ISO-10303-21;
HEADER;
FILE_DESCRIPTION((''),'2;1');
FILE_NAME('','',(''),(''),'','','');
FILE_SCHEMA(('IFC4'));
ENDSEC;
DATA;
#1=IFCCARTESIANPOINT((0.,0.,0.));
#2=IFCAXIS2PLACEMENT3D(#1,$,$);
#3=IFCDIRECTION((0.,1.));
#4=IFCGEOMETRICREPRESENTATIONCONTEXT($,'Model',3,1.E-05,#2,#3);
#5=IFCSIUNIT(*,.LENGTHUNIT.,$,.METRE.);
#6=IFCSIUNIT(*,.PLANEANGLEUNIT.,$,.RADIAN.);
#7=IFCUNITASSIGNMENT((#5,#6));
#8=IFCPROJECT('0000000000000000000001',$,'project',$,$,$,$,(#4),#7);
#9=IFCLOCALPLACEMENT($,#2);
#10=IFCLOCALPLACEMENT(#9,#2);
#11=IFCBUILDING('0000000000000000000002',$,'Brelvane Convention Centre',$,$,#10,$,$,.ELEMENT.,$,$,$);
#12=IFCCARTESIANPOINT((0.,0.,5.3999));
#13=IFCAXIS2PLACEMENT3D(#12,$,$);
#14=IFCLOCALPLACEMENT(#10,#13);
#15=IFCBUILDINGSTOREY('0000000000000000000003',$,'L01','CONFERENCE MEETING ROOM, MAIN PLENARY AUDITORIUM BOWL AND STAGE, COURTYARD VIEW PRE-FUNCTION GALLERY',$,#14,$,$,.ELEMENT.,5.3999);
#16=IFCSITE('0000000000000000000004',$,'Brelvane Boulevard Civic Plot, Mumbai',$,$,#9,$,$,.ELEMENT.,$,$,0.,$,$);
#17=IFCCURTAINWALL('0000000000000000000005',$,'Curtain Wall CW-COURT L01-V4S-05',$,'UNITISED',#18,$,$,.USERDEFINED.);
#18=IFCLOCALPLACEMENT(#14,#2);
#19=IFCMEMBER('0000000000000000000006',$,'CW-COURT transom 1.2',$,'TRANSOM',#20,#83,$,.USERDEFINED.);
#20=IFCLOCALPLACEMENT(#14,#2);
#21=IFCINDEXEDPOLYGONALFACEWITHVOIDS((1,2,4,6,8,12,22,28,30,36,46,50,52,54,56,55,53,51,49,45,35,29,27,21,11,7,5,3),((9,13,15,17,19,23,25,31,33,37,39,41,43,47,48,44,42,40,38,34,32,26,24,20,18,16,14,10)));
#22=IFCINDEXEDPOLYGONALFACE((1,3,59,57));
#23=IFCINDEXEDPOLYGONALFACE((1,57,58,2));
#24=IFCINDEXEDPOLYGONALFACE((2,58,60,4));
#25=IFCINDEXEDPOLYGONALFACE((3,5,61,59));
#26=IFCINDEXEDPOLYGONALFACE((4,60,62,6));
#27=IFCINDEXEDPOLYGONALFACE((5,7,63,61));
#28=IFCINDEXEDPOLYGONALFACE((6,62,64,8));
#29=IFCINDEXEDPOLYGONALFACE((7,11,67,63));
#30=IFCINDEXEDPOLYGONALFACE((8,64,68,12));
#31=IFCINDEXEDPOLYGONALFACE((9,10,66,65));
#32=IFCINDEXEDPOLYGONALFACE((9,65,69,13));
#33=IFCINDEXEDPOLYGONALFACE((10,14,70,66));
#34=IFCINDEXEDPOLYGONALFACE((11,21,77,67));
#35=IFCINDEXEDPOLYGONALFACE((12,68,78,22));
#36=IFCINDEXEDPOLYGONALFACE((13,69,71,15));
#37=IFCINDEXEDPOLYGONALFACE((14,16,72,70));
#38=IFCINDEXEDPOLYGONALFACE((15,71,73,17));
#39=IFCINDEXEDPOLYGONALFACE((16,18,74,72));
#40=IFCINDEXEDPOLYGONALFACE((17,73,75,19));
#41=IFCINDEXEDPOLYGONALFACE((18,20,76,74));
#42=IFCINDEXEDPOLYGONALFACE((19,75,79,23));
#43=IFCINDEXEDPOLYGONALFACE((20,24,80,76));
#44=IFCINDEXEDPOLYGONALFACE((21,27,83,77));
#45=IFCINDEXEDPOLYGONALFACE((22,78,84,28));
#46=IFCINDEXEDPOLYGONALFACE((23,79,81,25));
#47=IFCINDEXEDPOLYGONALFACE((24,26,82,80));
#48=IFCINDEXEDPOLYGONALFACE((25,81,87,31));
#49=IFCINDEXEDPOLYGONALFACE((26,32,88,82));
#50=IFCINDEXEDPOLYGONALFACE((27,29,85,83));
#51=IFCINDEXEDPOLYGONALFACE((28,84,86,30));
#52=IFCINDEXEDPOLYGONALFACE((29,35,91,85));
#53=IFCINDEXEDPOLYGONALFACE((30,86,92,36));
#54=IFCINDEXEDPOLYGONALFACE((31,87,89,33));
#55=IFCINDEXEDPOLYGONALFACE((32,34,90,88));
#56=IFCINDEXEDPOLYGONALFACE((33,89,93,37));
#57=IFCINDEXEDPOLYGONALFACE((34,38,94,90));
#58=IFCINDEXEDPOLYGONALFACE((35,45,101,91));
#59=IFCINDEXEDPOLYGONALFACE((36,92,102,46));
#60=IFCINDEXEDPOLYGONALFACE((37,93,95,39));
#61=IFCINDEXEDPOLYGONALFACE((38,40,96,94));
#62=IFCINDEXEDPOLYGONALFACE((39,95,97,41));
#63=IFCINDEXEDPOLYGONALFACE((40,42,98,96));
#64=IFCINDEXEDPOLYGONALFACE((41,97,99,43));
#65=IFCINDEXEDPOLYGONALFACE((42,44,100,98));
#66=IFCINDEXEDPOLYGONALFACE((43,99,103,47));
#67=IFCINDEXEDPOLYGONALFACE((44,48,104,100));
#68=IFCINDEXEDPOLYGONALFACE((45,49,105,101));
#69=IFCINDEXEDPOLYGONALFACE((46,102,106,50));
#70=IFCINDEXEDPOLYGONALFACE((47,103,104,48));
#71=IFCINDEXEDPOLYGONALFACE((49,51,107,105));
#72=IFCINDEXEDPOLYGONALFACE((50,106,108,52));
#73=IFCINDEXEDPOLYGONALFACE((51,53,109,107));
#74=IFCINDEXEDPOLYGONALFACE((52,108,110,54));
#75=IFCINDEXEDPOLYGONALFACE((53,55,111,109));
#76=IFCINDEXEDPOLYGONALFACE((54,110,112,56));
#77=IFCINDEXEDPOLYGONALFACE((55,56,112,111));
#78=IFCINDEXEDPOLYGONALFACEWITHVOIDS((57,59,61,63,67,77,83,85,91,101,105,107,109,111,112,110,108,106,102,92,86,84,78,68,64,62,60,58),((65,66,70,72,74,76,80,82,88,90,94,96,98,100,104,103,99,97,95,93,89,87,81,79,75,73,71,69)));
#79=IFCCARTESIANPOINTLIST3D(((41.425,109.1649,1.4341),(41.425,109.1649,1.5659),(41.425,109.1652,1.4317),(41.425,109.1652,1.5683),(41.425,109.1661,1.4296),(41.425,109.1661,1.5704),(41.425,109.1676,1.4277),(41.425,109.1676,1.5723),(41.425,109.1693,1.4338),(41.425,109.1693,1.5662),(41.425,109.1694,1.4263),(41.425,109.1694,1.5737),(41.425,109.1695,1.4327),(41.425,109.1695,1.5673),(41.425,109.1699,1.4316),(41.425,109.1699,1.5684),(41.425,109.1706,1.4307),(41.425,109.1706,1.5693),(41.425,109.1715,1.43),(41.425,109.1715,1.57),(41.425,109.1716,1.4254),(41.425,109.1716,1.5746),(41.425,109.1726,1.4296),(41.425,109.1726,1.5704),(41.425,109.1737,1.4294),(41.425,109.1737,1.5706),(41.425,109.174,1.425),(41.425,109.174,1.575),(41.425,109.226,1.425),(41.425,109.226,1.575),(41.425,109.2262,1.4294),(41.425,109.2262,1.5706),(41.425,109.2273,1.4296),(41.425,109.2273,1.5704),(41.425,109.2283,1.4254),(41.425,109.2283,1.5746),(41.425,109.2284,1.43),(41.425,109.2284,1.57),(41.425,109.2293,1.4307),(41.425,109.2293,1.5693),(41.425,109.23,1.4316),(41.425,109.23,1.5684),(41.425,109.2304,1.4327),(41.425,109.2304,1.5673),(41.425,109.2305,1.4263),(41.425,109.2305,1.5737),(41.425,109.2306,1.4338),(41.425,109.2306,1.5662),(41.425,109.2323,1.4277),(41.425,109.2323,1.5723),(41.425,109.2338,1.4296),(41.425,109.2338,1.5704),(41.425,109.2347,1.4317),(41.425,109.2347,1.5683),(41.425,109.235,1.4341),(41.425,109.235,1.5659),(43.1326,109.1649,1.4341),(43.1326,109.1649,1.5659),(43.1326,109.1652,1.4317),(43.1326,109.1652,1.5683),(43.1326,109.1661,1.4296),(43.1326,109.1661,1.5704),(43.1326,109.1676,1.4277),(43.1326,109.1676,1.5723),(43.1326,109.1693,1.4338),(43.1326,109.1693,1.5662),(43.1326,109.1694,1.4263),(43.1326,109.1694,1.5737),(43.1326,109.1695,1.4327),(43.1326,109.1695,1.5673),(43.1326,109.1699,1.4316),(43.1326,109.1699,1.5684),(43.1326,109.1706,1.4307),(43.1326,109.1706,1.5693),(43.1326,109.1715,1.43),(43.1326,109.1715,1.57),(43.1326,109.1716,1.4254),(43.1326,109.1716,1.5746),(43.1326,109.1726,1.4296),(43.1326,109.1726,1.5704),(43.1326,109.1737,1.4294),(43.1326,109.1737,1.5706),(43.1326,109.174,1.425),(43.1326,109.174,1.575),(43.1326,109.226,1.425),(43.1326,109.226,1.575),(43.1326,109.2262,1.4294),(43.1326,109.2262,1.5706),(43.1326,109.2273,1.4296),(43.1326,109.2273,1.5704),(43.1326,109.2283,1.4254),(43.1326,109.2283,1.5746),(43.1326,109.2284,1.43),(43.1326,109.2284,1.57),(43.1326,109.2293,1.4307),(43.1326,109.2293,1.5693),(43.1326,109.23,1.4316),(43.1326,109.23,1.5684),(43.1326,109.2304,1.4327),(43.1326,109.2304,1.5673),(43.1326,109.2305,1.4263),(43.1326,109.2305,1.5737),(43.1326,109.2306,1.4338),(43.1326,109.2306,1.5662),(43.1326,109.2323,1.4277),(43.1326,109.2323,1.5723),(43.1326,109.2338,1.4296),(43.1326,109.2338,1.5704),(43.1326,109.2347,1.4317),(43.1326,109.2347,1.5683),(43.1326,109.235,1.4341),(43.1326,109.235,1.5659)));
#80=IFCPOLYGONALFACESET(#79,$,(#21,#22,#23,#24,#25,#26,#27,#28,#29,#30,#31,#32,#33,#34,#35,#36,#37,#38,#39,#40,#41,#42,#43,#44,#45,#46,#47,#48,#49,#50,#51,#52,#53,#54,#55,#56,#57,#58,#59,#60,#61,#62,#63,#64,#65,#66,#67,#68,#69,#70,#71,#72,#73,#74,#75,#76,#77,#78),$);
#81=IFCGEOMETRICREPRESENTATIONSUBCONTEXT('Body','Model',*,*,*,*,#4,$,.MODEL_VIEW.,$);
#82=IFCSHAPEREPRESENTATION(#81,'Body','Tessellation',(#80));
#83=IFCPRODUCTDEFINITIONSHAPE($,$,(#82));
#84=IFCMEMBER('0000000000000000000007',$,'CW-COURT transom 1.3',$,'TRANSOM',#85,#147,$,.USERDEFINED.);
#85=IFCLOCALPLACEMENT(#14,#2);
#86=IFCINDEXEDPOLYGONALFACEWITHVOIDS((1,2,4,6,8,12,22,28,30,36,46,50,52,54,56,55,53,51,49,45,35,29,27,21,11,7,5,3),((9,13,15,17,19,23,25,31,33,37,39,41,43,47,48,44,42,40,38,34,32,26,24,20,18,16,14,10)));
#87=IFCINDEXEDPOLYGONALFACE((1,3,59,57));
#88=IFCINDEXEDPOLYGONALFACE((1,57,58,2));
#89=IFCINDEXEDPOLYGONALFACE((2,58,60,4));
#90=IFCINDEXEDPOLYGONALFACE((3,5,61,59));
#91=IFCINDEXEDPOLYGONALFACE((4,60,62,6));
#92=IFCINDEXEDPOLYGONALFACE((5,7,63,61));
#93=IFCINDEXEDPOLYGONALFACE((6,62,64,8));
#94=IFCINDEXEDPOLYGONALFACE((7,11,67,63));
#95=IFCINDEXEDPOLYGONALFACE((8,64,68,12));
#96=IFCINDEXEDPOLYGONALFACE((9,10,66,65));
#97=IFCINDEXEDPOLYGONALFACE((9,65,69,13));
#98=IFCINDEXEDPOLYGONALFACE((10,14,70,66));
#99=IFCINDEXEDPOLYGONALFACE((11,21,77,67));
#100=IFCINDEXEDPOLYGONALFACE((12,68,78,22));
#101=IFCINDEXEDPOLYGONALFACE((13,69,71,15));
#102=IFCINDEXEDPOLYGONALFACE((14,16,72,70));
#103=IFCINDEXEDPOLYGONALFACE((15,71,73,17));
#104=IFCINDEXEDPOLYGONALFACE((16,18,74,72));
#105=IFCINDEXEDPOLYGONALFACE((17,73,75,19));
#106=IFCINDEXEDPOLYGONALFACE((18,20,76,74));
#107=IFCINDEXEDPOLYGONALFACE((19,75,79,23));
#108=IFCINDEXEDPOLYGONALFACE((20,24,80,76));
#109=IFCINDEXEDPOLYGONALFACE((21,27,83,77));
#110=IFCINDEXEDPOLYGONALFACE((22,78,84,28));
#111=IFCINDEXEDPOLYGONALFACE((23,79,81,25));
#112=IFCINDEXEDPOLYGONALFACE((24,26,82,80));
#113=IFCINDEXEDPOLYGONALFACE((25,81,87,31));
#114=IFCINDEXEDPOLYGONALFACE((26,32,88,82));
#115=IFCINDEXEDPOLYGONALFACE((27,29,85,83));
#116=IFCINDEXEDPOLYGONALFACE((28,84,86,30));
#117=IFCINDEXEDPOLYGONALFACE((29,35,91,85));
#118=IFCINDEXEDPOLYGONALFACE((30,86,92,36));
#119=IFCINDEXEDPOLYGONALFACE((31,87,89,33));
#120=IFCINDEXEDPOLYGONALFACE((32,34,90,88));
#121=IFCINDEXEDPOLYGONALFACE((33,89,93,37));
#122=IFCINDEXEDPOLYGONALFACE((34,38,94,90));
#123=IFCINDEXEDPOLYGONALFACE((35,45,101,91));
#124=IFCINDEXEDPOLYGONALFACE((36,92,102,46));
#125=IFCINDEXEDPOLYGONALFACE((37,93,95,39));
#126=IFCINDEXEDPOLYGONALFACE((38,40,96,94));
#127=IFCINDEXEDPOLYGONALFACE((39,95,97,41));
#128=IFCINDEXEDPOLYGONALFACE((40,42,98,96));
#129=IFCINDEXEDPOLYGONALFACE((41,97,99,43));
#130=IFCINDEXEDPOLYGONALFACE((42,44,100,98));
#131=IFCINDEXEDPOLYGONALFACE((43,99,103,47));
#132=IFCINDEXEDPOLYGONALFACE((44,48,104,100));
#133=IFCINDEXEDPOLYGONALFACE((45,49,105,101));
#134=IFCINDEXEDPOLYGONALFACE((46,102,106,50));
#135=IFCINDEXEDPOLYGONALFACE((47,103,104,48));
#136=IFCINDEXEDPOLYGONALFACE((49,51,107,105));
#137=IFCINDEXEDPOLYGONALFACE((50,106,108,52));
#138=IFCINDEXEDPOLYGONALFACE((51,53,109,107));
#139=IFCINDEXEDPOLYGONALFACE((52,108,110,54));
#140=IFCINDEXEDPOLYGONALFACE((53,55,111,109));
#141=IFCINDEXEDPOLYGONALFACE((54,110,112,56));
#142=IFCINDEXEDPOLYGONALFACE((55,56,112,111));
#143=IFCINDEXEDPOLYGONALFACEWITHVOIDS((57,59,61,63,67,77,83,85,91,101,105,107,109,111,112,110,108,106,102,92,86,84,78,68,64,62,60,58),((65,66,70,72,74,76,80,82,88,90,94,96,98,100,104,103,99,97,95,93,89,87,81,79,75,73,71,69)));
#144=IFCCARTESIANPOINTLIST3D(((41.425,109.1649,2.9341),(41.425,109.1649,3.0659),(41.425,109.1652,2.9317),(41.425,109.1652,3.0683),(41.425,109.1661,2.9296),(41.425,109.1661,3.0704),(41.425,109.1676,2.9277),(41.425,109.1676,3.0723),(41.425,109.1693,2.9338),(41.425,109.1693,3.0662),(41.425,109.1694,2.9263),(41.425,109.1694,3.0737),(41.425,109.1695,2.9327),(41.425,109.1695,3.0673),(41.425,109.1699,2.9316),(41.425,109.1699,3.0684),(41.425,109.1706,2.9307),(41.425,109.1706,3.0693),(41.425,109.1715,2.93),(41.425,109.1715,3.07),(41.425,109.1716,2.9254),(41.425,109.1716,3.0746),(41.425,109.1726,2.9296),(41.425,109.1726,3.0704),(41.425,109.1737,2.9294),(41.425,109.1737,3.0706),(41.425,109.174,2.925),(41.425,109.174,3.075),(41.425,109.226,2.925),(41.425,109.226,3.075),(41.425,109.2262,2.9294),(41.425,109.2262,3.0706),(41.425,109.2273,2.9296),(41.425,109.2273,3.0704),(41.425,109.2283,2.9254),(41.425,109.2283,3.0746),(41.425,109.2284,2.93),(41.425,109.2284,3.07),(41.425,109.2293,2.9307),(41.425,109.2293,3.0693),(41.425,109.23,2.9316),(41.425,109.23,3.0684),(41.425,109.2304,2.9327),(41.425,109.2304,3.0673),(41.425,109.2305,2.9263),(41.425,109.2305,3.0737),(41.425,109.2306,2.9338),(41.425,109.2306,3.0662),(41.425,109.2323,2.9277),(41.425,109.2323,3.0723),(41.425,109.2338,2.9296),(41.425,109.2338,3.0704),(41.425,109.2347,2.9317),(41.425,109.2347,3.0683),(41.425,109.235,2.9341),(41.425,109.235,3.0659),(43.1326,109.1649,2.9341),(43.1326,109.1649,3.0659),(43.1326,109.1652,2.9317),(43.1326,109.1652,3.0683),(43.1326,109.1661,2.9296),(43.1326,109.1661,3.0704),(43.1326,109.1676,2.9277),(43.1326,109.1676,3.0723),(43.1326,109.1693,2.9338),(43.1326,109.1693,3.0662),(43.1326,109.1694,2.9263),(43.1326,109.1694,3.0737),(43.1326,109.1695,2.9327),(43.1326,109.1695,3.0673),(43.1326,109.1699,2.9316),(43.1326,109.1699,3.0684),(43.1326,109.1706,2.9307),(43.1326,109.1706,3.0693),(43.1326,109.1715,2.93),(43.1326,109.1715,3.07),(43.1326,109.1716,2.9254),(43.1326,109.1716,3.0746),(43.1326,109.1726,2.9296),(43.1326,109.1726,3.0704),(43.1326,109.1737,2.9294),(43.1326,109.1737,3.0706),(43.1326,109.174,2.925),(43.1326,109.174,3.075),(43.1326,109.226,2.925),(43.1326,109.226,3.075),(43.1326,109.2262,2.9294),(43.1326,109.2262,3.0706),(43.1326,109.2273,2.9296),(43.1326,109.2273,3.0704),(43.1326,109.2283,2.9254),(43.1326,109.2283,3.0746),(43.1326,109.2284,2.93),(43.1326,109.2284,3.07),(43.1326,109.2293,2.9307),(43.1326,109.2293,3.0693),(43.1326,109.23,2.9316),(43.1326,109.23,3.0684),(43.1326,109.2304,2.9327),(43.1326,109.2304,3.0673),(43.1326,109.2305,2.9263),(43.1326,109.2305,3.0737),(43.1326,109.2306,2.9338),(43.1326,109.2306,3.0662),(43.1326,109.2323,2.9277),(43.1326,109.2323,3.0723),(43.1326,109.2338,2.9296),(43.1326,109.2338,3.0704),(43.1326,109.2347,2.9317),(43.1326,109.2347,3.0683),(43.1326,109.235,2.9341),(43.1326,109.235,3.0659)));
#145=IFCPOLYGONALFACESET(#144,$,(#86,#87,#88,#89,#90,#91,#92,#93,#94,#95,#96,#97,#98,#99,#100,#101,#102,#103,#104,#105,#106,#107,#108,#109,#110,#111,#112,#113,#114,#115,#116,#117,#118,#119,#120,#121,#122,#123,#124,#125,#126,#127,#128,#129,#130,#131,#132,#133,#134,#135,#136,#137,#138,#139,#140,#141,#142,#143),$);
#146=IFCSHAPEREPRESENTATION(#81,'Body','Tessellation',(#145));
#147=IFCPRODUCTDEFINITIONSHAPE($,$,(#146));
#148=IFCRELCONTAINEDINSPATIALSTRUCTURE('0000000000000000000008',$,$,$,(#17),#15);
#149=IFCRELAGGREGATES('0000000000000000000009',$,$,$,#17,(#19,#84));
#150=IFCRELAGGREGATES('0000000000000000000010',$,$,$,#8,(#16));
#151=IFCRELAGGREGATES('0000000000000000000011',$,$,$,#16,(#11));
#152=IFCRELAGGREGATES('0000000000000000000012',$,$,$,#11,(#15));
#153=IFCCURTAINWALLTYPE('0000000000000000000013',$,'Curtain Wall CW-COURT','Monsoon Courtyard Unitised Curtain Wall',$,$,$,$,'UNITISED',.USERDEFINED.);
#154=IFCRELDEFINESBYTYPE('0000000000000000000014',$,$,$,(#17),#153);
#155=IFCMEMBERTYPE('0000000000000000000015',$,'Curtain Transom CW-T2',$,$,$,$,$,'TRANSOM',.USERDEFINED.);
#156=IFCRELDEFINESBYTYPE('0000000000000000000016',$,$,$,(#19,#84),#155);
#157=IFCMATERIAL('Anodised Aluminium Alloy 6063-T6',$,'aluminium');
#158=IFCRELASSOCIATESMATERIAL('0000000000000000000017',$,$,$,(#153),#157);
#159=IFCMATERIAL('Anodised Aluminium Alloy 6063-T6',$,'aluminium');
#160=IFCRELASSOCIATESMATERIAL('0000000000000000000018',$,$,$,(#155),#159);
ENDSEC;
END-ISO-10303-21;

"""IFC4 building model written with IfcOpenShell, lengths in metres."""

from ifc_helpers import new_model, si_unit, direction, frame, origin, origin_2d, place, context, subcontext, project, spatial, hollow_rectangle, extrude, material, material_profile, profile_set, type_object, element, aggregate, save


model = new_model("IFC4")

# Units and contexts
model_context = context("Model", 3, precision=1e-05, world=origin(), true_north=direction((0.0, 1.0)))
body_context = subcontext(model_context, "Body", "Model", "MODEL_VIEW")
ifc_project = project(units=[si_unit("LENGTHUNIT", "METRE"), si_unit("PLANEANGLEUNIT", "RADIAN")], contexts=[model_context])

# Site, building, storey
site_placement = place(None, origin())
site = spatial("IfcSite", under=ifc_project, at=site_placement, Name="Brelvane Boulevard Civic Plot, Mumbai", CompositionType="ELEMENT", RefElevation=0.0)
building_placement = place(site_placement, origin())
building = spatial("IfcBuilding", under=site, at=building_placement, Name="Brelvane Convention Centre", CompositionType="ELEMENT")
storey_placement = place(building_placement, frame((0.0, 0.0, 5.3999)))
storey = spatial("IfcBuildingStorey", under=building, at=storey_placement, Name="L01", Description="CONFERENCE MEETING ROOM, MAIN PLENARY AUDITORIUM BOWL AND STAGE, COURTYARD VIEW PRE-FUNCTION GALLERY", CompositionType="ELEMENT", Elevation=5.3999)

# Curtain wall, members
ifc_material_1 = material(Name="Anodised Aluminium Alloy 6063-T6", Category="aluminium")
curtain_wall_type = type_object("IfcCurtainWallType", Name="Curtain Wall CW-COURT", Description="Monsoon Courtyard Unitised Curtain Wall", ElementType="UNITISED", PredefinedType="USERDEFINED", material=ifc_material_1)
curtain_wall_placement = place(storey_placement, origin())
curtain_wall = element("IfcCurtainWall", 1, at=curtain_wall_placement, inside=storey, type_object=curtain_wall_type, Name="Curtain Wall CW-COURT L01-V4S-05", ObjectType="UNITISED", PredefinedType="USERDEFINED")
ifc_material_2 = material(Name="Anodised Aluminium Alloy 6063-T6", Category="aluminium")
ifc_material_profile_1 = material_profile(ifc_material_2, hollow_rectangle(XDim=0.0701, YDim=0.1499, WallThickness=0.0044, InnerFilletRadius=0.0044, OuterFilletRadius=0.009, at=origin_2d()), Name="ALU-T 150x70x4.5")
ifc_profile_set_1 = profile_set([ifc_material_profile_1], Name="Anodised Aluminium Alloy 6063-T6")
member_type_1 = type_object("IfcMemberType", Name="Curtain Transom CW-T2", ElementType="TRANSOM", PredefinedType="USERDEFINED", material=ifc_profile_set_1)
member_1_placement = place(storey_placement, frame((41.425, 109.2, 1.5), z_axis=(1.0, 0.0, 0.0), x_axis=(0.0, 1.0, 0.0)))
member_1 = element("IfcMember", 2, at=member_1_placement, type_object=member_type_1, Name="CW-COURT transom 1.2", ObjectType="TRANSOM", PredefinedType="USERDEFINED", context=body_context, shape_type="SweptSolid", body=[
    extrude(hollow_rectangle(XDim=0.0701, YDim=0.1499, WallThickness=0.0044, InnerFilletRadius=0.0044, OuterFilletRadius=0.009, at=origin_2d()), origin(), (0.0, 0.0, 1.0), 1.7075),
])
member_2_placement = place(storey_placement, frame((41.425, 109.2, 3.0), z_axis=(1.0, 0.0, 0.0), x_axis=(0.0, 1.0, 0.0)))
member_2 = element("IfcMember", 3, at=member_2_placement, type_object=member_type_1, Name="CW-COURT transom 1.3", ObjectType="TRANSOM", PredefinedType="USERDEFINED", context=body_context, shape_type="SweptSolid", body=[
    extrude(hollow_rectangle(XDim=0.0701, YDim=0.1499, WallThickness=0.0044, InnerFilletRadius=0.0044, OuterFilletRadius=0.009, at=origin_2d()), origin(), (0.0, 0.0, 1.0), 1.7075),
])

aggregate(curtain_wall, [member_1, member_2])

save(model, "model.ifc")
